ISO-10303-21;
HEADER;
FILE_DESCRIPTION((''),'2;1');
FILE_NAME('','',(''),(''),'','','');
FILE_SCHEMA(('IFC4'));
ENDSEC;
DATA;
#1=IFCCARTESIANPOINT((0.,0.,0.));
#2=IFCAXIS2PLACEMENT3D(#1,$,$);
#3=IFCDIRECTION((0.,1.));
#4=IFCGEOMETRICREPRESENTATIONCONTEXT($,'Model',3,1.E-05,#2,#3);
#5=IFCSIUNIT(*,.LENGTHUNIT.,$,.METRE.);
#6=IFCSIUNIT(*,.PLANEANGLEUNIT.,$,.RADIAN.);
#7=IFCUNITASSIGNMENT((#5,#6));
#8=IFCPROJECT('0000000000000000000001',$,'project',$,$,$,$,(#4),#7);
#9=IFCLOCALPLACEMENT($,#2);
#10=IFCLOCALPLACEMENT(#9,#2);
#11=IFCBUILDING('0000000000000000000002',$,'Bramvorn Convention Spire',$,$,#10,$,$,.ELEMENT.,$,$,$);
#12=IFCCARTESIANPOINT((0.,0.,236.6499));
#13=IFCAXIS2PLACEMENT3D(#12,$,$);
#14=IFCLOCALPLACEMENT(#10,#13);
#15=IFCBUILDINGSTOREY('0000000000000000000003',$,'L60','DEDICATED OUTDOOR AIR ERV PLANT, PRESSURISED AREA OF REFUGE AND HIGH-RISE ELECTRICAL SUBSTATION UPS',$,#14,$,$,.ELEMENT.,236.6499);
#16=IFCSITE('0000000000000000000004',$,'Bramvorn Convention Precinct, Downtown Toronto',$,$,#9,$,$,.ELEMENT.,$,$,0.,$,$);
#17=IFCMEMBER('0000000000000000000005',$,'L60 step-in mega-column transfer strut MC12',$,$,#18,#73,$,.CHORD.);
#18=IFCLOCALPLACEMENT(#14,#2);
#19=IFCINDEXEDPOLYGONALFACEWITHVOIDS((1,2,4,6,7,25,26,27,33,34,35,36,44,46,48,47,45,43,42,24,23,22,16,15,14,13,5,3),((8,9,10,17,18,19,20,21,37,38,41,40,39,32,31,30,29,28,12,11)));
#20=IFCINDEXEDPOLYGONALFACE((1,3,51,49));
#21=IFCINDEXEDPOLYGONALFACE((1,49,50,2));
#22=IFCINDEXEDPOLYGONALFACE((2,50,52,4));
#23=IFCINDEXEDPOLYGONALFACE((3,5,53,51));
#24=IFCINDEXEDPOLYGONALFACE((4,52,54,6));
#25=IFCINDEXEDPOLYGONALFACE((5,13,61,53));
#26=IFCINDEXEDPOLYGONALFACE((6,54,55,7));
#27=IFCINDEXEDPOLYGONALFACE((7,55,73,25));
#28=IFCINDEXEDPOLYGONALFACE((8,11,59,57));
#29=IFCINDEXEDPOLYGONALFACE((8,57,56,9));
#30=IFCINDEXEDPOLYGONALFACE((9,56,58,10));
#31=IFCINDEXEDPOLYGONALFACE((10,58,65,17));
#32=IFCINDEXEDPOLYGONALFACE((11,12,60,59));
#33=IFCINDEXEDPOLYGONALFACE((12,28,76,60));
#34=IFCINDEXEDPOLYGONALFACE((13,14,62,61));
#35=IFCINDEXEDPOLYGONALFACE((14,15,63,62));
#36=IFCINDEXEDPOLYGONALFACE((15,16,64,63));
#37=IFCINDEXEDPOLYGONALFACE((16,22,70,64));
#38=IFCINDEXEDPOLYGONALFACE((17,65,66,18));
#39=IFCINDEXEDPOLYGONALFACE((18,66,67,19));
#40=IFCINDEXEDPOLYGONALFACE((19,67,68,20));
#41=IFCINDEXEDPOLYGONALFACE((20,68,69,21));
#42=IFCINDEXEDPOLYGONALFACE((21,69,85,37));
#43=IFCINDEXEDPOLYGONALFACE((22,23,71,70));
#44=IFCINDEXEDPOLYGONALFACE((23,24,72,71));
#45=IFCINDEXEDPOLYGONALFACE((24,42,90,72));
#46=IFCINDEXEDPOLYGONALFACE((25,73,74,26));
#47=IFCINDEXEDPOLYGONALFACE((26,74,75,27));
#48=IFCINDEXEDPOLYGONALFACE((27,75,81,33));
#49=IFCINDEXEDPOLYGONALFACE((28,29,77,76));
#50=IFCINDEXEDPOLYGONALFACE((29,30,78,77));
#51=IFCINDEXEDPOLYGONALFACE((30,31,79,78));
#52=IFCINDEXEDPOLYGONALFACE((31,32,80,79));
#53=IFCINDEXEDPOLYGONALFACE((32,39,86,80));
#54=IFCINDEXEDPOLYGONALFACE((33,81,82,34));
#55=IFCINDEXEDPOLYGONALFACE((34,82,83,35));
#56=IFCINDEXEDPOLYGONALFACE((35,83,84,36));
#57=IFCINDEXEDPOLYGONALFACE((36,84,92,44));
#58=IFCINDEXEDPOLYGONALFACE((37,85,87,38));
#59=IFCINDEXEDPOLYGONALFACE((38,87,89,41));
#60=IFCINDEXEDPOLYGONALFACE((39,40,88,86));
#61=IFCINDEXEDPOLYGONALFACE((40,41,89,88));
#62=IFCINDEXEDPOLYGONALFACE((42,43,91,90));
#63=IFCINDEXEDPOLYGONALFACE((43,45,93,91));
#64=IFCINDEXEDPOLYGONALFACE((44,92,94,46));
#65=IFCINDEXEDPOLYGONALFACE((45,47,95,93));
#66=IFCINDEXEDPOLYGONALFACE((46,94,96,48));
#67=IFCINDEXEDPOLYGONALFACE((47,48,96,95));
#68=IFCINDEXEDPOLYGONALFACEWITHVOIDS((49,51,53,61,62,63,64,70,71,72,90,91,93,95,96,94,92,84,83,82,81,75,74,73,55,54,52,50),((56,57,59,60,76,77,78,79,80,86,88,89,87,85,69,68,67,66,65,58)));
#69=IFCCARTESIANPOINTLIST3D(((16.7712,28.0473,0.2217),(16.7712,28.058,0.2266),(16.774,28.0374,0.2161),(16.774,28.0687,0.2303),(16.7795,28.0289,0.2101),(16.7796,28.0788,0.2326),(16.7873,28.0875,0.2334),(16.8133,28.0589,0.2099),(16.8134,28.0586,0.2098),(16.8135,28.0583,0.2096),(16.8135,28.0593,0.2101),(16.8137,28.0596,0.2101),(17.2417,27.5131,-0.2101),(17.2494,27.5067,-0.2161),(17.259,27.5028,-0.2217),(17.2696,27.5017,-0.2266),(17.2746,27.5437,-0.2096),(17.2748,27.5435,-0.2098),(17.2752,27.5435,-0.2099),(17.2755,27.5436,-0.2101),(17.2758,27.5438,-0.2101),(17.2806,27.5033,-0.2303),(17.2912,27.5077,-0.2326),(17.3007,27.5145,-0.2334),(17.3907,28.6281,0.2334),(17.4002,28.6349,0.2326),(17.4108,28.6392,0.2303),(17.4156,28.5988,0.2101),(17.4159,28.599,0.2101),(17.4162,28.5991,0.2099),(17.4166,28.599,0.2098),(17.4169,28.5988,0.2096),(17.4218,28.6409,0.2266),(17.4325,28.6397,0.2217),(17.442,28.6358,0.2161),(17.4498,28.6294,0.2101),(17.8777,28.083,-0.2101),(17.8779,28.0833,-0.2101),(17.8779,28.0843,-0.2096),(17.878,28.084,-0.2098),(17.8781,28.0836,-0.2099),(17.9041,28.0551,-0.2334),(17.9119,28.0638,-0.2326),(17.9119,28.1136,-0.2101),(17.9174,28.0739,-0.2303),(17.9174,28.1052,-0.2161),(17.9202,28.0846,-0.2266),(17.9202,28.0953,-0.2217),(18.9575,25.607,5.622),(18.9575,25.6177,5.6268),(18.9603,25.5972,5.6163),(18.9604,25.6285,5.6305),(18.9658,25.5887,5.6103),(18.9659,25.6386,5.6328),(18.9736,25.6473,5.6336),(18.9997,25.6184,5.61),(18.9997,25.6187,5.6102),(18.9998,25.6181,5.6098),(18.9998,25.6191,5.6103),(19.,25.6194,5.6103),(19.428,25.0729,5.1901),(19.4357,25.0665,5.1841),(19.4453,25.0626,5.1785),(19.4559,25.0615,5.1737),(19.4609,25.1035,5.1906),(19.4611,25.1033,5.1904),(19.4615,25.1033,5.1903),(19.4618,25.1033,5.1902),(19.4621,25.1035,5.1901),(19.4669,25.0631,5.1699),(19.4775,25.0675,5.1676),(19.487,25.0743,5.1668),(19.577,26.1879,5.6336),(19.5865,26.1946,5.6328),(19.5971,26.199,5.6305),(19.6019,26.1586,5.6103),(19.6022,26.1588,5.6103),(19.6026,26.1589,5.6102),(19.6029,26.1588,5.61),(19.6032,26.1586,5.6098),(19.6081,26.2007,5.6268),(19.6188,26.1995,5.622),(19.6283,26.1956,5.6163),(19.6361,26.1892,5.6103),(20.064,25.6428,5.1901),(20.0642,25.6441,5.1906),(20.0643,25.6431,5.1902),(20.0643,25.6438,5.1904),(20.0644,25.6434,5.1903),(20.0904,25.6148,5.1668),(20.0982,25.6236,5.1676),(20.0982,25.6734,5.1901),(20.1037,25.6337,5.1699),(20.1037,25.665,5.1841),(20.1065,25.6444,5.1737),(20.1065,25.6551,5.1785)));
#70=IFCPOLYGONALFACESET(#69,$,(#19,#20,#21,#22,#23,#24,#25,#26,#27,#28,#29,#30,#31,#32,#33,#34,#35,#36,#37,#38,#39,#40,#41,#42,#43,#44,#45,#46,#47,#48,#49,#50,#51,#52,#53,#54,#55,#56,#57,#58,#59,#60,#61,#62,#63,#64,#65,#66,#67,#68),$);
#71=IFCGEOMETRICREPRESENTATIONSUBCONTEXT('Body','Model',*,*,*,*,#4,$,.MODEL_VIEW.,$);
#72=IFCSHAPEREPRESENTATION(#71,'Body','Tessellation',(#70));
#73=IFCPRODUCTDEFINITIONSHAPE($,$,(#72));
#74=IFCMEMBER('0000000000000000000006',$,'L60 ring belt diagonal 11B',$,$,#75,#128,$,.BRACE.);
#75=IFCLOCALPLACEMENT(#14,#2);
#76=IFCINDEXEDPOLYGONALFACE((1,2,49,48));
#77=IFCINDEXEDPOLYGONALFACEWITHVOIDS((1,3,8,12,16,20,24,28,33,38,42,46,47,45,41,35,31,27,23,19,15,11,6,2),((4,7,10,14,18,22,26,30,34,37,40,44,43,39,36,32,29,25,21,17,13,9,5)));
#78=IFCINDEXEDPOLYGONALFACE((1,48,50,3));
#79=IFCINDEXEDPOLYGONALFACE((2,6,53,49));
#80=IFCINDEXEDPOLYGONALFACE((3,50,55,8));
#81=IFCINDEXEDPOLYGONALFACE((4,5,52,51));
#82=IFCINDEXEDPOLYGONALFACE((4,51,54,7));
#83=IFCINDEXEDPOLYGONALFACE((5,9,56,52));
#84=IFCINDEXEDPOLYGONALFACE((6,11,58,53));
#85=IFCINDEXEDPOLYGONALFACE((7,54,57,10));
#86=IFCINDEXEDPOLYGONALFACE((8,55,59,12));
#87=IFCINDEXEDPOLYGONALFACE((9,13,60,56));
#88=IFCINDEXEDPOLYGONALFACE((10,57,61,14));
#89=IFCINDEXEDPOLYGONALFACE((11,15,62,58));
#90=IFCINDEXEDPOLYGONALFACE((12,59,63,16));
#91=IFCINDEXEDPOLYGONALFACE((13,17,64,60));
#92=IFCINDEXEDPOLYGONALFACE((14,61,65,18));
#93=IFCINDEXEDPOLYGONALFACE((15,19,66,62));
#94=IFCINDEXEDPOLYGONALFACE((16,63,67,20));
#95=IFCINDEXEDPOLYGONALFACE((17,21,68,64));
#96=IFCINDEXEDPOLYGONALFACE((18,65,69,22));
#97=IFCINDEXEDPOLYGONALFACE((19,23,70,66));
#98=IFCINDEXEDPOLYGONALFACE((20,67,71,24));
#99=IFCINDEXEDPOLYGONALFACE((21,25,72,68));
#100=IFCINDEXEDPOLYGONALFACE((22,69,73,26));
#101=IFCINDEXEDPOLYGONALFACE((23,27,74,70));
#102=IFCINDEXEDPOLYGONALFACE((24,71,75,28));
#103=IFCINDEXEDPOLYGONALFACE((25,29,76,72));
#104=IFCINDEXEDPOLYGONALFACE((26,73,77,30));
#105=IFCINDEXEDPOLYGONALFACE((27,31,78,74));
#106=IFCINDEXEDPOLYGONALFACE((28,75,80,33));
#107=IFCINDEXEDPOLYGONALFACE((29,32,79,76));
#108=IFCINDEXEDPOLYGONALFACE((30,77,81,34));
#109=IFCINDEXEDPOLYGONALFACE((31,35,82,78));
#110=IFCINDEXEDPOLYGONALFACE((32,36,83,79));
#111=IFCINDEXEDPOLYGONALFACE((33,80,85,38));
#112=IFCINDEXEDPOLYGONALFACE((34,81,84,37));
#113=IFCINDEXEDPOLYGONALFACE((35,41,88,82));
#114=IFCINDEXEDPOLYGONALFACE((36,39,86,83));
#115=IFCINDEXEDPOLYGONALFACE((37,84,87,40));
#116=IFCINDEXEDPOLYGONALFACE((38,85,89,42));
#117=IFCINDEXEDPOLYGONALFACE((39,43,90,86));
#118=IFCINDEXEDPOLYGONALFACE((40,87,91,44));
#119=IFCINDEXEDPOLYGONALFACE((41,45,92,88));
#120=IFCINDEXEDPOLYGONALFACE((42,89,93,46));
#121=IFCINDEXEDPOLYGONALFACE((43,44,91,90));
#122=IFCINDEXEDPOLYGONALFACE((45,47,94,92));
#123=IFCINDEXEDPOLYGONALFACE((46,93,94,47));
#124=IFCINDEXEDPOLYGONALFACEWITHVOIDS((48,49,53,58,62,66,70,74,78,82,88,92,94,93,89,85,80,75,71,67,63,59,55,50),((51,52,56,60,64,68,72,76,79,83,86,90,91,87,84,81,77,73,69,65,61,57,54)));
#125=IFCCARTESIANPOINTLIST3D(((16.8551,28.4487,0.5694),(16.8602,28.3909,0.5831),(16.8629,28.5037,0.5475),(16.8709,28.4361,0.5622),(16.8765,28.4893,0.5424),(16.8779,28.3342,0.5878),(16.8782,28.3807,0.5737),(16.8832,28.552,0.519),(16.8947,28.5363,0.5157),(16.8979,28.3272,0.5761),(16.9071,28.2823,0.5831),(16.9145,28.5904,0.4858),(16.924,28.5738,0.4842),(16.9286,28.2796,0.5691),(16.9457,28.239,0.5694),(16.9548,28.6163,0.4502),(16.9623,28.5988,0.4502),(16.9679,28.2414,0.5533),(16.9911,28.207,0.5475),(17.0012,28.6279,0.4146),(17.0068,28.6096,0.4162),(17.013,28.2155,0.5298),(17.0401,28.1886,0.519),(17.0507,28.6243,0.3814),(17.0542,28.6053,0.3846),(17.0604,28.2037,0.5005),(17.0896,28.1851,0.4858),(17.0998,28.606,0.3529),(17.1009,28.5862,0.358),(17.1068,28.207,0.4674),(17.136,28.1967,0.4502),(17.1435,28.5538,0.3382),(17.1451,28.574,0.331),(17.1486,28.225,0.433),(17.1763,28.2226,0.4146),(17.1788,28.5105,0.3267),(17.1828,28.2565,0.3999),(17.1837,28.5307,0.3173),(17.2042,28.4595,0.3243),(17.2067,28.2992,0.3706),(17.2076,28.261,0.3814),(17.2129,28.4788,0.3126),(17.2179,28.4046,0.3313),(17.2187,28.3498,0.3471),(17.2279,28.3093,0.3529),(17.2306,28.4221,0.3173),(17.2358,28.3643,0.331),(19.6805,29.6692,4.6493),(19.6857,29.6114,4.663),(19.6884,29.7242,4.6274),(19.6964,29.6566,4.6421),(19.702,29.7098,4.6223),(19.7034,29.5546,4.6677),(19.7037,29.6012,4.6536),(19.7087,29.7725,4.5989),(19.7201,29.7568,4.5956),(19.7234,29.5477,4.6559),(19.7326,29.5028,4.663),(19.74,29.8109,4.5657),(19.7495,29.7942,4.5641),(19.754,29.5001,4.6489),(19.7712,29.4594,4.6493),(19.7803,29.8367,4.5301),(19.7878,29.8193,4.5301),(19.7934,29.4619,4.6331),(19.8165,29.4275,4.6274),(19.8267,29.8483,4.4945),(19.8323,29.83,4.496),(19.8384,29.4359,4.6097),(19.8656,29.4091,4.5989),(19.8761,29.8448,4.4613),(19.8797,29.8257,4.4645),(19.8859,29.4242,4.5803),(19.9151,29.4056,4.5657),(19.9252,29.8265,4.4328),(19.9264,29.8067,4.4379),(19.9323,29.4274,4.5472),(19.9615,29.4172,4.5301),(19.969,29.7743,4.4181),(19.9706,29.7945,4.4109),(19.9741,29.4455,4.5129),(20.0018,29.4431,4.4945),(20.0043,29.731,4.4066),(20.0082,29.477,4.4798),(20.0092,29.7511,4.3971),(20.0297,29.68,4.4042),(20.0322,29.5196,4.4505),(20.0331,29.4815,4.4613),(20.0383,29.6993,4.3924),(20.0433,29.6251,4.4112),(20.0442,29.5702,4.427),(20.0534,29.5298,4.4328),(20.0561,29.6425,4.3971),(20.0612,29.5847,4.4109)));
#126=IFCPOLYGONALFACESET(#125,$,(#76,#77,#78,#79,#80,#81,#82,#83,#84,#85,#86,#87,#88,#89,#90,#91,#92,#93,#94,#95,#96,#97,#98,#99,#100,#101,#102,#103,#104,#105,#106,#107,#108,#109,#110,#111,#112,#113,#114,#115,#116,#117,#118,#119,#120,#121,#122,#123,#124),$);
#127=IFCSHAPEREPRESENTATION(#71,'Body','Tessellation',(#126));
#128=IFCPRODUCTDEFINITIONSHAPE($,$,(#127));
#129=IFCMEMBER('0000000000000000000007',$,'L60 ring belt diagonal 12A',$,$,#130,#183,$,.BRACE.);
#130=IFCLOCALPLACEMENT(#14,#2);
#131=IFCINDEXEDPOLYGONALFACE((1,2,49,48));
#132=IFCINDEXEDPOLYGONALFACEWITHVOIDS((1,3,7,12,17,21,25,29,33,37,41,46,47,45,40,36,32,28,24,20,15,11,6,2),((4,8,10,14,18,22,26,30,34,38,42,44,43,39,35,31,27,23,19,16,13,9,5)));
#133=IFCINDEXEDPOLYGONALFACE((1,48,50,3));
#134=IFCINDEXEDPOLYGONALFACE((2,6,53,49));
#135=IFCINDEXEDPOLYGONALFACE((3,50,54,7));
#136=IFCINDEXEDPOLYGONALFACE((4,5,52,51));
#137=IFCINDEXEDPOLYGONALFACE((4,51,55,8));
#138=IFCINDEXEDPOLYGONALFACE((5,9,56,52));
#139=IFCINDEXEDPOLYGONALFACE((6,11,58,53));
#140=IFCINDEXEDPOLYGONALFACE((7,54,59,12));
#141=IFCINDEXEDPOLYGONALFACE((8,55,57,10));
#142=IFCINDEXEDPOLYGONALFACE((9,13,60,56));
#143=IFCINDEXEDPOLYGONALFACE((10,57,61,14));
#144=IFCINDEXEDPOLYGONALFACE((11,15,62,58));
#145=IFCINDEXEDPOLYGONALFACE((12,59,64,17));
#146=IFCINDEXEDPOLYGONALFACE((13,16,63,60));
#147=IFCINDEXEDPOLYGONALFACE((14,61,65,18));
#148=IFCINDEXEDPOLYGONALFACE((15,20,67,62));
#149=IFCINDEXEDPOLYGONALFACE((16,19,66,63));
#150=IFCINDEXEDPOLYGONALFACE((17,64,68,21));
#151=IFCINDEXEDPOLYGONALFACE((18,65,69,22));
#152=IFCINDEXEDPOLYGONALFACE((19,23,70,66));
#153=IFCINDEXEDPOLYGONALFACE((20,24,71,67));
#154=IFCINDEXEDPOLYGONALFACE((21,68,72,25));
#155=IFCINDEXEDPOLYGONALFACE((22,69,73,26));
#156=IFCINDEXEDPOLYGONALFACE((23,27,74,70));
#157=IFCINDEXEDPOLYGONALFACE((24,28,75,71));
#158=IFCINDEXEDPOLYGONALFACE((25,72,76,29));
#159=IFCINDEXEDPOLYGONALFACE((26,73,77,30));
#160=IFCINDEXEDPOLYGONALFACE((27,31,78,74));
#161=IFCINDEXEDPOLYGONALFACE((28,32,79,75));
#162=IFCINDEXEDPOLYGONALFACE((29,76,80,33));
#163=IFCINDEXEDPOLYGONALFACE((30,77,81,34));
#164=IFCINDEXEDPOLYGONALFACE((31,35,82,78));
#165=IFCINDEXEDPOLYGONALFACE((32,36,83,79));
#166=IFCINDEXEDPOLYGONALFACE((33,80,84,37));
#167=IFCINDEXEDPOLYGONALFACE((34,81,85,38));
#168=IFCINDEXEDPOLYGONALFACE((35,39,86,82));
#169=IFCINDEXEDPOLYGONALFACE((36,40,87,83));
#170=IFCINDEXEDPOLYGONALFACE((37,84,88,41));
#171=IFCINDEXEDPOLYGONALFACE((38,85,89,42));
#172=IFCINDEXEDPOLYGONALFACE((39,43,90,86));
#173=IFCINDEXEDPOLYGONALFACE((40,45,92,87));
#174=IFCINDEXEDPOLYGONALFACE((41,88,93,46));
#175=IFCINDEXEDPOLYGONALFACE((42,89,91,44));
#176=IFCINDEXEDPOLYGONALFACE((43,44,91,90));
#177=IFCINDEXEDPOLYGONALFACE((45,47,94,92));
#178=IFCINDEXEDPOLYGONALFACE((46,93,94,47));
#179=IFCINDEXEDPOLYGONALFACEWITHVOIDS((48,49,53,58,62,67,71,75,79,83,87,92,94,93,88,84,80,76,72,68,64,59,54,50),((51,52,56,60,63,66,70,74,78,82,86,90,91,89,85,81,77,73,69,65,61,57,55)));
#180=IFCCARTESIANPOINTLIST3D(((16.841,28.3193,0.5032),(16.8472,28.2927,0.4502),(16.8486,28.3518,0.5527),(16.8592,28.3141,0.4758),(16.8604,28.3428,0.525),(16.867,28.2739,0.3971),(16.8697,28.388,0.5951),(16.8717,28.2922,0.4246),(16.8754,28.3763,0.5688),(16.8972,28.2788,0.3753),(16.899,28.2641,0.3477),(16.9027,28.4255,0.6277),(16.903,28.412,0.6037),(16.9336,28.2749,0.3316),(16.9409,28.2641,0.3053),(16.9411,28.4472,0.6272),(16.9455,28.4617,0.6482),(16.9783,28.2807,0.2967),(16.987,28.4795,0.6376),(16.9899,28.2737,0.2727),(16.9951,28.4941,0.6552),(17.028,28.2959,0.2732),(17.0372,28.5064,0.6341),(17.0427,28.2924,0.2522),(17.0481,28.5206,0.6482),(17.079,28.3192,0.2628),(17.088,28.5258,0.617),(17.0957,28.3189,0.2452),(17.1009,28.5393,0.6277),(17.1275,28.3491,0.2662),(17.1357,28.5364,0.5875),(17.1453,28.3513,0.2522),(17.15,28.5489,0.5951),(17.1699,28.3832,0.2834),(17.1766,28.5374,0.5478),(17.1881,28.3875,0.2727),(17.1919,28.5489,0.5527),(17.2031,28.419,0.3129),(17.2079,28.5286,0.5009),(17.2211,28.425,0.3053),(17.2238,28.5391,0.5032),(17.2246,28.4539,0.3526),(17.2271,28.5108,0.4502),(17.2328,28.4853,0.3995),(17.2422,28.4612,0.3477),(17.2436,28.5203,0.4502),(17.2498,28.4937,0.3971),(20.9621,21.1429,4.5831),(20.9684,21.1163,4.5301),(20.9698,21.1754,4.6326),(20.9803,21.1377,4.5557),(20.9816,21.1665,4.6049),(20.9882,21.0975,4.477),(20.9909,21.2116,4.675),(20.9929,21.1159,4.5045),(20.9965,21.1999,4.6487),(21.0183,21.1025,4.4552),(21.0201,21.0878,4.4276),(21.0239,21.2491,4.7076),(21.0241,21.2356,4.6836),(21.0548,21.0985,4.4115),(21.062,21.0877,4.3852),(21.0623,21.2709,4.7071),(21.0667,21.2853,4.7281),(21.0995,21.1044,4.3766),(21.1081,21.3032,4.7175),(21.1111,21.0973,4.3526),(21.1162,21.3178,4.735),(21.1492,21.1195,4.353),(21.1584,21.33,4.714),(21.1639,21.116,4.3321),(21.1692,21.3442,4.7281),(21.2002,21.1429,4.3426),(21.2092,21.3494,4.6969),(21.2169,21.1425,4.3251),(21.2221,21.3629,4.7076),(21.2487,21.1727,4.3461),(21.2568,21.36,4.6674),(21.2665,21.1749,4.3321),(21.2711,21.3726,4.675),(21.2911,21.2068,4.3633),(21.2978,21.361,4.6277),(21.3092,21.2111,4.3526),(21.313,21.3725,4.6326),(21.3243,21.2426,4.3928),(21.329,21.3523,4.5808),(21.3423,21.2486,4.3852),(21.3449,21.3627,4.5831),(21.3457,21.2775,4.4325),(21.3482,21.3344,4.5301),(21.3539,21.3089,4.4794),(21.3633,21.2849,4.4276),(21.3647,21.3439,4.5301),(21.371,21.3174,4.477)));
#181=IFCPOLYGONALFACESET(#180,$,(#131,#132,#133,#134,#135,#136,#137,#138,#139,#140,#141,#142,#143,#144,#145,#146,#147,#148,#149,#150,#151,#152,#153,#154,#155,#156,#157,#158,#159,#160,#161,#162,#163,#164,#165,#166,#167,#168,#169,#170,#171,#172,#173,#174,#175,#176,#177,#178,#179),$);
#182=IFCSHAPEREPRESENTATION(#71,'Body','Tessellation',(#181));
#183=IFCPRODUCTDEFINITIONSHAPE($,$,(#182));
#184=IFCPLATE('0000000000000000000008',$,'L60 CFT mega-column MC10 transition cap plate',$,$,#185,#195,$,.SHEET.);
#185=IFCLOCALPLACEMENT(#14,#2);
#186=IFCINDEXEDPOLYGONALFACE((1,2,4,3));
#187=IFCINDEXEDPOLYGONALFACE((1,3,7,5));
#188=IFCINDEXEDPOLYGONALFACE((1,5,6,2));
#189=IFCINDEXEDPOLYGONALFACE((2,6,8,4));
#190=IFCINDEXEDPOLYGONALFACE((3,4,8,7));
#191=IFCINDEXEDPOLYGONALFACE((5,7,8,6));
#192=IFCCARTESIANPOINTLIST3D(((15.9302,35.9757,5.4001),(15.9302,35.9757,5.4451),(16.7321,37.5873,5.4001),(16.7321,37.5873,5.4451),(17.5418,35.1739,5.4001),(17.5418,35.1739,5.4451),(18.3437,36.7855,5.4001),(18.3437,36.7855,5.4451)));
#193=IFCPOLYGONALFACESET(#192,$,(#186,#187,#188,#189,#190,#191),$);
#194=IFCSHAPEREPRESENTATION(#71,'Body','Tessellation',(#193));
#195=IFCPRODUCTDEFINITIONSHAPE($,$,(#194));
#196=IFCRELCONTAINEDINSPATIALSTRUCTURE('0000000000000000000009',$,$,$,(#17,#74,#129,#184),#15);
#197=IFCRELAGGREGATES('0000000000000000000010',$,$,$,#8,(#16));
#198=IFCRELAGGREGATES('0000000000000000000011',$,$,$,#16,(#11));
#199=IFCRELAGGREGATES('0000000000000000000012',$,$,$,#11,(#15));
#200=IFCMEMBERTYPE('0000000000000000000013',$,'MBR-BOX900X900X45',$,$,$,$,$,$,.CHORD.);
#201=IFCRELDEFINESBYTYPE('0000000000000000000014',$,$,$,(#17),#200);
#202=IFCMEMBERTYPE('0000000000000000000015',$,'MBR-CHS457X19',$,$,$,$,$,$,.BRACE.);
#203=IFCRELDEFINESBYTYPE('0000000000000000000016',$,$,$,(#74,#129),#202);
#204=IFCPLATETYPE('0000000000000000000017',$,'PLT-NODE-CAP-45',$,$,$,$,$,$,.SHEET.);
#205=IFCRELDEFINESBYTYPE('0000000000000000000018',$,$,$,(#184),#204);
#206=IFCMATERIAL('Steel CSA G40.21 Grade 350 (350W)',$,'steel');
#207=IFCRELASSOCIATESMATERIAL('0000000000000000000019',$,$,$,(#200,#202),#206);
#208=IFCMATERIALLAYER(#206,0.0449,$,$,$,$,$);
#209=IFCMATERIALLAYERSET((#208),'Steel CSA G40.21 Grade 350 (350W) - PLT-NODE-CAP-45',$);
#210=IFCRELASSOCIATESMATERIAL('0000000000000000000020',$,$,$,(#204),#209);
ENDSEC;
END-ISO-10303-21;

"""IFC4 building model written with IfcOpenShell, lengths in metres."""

from ifc_helpers import new_model, si_unit, direction, frame, origin, origin_2d, place, context, subcontext, project, spatial, rectangle, hollow_rectangle, hollow_circle, extrude, material, layer, layer_set, material_profile, profile_set, type_object, element, save


model = new_model("IFC4")

# Units and contexts
model_context = context("Model", 3, precision=1e-05, world=origin(), true_north=direction((0.0, 1.0)))
body_context = subcontext(model_context, "Body", "Model", "MODEL_VIEW")
ifc_project = project(units=[si_unit("LENGTHUNIT", "METRE"), si_unit("PLANEANGLEUNIT", "RADIAN")], contexts=[model_context])

# Site, building, storey
site_placement = place(None, origin())
site = spatial("IfcSite", under=ifc_project, at=site_placement, Name="Bramvorn Convention Precinct, Downtown Toronto", CompositionType="ELEMENT", RefElevation=0.0)
building_placement = place(site_placement, origin())
building = spatial("IfcBuilding", under=site, at=building_placement, Name="Bramvorn Convention Spire", CompositionType="ELEMENT")
storey_placement = place(building_placement, frame((0.0, 0.0, 236.6499)))
storey = spatial("IfcBuildingStorey", under=building, at=storey_placement, Name="L60", Description="DEDICATED OUTDOOR AIR ERV PLANT, PRESSURISED AREA OF REFUGE AND HIGH-RISE ELECTRICAL SUBSTATION UPS", CompositionType="ELEMENT", Elevation=236.6499)

# Shared definitions
ifc_material_1 = material(Name="Steel CSA G40.21 Grade 350 (350W)", Category="steel")

# Members
ifc_material_profile_1 = material_profile(ifc_material_1, hollow_rectangle(XDim=0.8999, YDim=0.8999, WallThickness=0.0449, InnerFilletRadius=0.001, OuterFilletRadius=0.0449, at=origin_2d()))
ifc_profile_set_1 = profile_set([ifc_material_profile_1], Name="Steel CSA G40.21 Grade 350 (350W) - BOX900X900X45")
member_type_1 = type_object("IfcMemberType", Name="MBR-BOX900X900X45", PredefinedType="CHORD", material=ifc_profile_set_1)
member_1_placement = place(storey_placement, frame((17.3457, 28.0713, 0.0), z_axis=(0.346132, -0.38633, 0.854951), x_axis=(0.744793, 0.667296, 0.0)))
element("IfcMember", 1, at=member_1_placement, inside=storey, type_object=member_type_1, Name="L60 step-in mega-column transfer strut MC12", PredefinedType="CHORD", context=body_context, shape_type="SweptSolid", body=[
    extrude(hollow_rectangle(XDim=0.8999, YDim=0.8999, WallThickness=0.0449, InnerFilletRadius=0.001, OuterFilletRadius=0.0449, at=origin_2d()), origin(), (0.0, 0.0, 1.0), 6.3164),
])
ifc_material_profile_2 = material_profile(ifc_material_1, hollow_circle(Radius=0.2285, WallThickness=0.019, at=origin_2d()))
ifc_profile_set_2 = profile_set([ifc_material_profile_2], Name="Steel CSA G40.21 Grade 350 (350W) - CHS457X19")
member_type_2 = type_object("IfcMemberType", Name="MBR-CHS457X19", PredefinedType="BRACE", material=ifc_profile_set_2)
member_2_placement = place(storey_placement, frame((17.0454, 28.4065, 0.4502), z_axis=(0.552865, 0.238812, 0.798317), x_axis=(-0.396541, 0.918017, 0.0)))
element("IfcMember", 2, at=member_2_placement, inside=storey, type_object=member_type_2, Name="L60 ring belt diagonal 11B", PredefinedType="BRACE", context=body_context, shape_type="SweptSolid", body=[
    extrude(hollow_circle(Radius=0.2285, WallThickness=0.019, at=origin_2d()), origin(), (0.0, 0.0, 1.0), 5.1106),
])
member_3_placement = place(storey_placement, frame((17.0454, 28.4065, 0.4502), z_axis=(0.446661, -0.777793, 0.442189), x_axis=(0.867181, 0.497993, 0.0)))
element("IfcMember", 3, at=member_3_placement, inside=storey, type_object=member_type_2, Name="L60 ring belt diagonal 12A", PredefinedType="BRACE", context=body_context, shape_type="SweptSolid", body=[
    extrude(hollow_circle(Radius=0.2285, WallThickness=0.019, at=origin_2d()), origin(), (0.0, 0.0, 1.0), 9.2266),
])

# Plate
ifc_layer_1 = layer(ifc_material_1, 0.0449)
ifc_layer_set_1 = layer_set([ifc_layer_1], Name="Steel CSA G40.21 Grade 350 (350W) - PLT-NODE-CAP-45")
plate_type_1 = type_object("IfcPlateType", Name="PLT-NODE-CAP-45", PredefinedType="SHEET", material=ifc_layer_set_1)
for number, where, z_axis, x_axis, name in (
    (4, (17.137, 36.3806, 5.4001), (0.0, 0.0, 1.0), (-0.895302, 0.44546, 0.0), "L60 CFT mega-column MC10 transition cap plate"),
):
    element("IfcPlate", number, at=place(storey_placement, frame(where, z_axis=z_axis, x_axis=x_axis)), inside=storey, type_object=plate_type_1, Name=name, PredefinedType="SHEET", context=body_context, shape_type="SweptSolid", body=[
        extrude(rectangle(XDim=1.8, YDim=1.8, at=origin_2d()), origin(), (0.0, 0.0, 1.0), 0.0449),
    ])

save(model, "model.ifc")
